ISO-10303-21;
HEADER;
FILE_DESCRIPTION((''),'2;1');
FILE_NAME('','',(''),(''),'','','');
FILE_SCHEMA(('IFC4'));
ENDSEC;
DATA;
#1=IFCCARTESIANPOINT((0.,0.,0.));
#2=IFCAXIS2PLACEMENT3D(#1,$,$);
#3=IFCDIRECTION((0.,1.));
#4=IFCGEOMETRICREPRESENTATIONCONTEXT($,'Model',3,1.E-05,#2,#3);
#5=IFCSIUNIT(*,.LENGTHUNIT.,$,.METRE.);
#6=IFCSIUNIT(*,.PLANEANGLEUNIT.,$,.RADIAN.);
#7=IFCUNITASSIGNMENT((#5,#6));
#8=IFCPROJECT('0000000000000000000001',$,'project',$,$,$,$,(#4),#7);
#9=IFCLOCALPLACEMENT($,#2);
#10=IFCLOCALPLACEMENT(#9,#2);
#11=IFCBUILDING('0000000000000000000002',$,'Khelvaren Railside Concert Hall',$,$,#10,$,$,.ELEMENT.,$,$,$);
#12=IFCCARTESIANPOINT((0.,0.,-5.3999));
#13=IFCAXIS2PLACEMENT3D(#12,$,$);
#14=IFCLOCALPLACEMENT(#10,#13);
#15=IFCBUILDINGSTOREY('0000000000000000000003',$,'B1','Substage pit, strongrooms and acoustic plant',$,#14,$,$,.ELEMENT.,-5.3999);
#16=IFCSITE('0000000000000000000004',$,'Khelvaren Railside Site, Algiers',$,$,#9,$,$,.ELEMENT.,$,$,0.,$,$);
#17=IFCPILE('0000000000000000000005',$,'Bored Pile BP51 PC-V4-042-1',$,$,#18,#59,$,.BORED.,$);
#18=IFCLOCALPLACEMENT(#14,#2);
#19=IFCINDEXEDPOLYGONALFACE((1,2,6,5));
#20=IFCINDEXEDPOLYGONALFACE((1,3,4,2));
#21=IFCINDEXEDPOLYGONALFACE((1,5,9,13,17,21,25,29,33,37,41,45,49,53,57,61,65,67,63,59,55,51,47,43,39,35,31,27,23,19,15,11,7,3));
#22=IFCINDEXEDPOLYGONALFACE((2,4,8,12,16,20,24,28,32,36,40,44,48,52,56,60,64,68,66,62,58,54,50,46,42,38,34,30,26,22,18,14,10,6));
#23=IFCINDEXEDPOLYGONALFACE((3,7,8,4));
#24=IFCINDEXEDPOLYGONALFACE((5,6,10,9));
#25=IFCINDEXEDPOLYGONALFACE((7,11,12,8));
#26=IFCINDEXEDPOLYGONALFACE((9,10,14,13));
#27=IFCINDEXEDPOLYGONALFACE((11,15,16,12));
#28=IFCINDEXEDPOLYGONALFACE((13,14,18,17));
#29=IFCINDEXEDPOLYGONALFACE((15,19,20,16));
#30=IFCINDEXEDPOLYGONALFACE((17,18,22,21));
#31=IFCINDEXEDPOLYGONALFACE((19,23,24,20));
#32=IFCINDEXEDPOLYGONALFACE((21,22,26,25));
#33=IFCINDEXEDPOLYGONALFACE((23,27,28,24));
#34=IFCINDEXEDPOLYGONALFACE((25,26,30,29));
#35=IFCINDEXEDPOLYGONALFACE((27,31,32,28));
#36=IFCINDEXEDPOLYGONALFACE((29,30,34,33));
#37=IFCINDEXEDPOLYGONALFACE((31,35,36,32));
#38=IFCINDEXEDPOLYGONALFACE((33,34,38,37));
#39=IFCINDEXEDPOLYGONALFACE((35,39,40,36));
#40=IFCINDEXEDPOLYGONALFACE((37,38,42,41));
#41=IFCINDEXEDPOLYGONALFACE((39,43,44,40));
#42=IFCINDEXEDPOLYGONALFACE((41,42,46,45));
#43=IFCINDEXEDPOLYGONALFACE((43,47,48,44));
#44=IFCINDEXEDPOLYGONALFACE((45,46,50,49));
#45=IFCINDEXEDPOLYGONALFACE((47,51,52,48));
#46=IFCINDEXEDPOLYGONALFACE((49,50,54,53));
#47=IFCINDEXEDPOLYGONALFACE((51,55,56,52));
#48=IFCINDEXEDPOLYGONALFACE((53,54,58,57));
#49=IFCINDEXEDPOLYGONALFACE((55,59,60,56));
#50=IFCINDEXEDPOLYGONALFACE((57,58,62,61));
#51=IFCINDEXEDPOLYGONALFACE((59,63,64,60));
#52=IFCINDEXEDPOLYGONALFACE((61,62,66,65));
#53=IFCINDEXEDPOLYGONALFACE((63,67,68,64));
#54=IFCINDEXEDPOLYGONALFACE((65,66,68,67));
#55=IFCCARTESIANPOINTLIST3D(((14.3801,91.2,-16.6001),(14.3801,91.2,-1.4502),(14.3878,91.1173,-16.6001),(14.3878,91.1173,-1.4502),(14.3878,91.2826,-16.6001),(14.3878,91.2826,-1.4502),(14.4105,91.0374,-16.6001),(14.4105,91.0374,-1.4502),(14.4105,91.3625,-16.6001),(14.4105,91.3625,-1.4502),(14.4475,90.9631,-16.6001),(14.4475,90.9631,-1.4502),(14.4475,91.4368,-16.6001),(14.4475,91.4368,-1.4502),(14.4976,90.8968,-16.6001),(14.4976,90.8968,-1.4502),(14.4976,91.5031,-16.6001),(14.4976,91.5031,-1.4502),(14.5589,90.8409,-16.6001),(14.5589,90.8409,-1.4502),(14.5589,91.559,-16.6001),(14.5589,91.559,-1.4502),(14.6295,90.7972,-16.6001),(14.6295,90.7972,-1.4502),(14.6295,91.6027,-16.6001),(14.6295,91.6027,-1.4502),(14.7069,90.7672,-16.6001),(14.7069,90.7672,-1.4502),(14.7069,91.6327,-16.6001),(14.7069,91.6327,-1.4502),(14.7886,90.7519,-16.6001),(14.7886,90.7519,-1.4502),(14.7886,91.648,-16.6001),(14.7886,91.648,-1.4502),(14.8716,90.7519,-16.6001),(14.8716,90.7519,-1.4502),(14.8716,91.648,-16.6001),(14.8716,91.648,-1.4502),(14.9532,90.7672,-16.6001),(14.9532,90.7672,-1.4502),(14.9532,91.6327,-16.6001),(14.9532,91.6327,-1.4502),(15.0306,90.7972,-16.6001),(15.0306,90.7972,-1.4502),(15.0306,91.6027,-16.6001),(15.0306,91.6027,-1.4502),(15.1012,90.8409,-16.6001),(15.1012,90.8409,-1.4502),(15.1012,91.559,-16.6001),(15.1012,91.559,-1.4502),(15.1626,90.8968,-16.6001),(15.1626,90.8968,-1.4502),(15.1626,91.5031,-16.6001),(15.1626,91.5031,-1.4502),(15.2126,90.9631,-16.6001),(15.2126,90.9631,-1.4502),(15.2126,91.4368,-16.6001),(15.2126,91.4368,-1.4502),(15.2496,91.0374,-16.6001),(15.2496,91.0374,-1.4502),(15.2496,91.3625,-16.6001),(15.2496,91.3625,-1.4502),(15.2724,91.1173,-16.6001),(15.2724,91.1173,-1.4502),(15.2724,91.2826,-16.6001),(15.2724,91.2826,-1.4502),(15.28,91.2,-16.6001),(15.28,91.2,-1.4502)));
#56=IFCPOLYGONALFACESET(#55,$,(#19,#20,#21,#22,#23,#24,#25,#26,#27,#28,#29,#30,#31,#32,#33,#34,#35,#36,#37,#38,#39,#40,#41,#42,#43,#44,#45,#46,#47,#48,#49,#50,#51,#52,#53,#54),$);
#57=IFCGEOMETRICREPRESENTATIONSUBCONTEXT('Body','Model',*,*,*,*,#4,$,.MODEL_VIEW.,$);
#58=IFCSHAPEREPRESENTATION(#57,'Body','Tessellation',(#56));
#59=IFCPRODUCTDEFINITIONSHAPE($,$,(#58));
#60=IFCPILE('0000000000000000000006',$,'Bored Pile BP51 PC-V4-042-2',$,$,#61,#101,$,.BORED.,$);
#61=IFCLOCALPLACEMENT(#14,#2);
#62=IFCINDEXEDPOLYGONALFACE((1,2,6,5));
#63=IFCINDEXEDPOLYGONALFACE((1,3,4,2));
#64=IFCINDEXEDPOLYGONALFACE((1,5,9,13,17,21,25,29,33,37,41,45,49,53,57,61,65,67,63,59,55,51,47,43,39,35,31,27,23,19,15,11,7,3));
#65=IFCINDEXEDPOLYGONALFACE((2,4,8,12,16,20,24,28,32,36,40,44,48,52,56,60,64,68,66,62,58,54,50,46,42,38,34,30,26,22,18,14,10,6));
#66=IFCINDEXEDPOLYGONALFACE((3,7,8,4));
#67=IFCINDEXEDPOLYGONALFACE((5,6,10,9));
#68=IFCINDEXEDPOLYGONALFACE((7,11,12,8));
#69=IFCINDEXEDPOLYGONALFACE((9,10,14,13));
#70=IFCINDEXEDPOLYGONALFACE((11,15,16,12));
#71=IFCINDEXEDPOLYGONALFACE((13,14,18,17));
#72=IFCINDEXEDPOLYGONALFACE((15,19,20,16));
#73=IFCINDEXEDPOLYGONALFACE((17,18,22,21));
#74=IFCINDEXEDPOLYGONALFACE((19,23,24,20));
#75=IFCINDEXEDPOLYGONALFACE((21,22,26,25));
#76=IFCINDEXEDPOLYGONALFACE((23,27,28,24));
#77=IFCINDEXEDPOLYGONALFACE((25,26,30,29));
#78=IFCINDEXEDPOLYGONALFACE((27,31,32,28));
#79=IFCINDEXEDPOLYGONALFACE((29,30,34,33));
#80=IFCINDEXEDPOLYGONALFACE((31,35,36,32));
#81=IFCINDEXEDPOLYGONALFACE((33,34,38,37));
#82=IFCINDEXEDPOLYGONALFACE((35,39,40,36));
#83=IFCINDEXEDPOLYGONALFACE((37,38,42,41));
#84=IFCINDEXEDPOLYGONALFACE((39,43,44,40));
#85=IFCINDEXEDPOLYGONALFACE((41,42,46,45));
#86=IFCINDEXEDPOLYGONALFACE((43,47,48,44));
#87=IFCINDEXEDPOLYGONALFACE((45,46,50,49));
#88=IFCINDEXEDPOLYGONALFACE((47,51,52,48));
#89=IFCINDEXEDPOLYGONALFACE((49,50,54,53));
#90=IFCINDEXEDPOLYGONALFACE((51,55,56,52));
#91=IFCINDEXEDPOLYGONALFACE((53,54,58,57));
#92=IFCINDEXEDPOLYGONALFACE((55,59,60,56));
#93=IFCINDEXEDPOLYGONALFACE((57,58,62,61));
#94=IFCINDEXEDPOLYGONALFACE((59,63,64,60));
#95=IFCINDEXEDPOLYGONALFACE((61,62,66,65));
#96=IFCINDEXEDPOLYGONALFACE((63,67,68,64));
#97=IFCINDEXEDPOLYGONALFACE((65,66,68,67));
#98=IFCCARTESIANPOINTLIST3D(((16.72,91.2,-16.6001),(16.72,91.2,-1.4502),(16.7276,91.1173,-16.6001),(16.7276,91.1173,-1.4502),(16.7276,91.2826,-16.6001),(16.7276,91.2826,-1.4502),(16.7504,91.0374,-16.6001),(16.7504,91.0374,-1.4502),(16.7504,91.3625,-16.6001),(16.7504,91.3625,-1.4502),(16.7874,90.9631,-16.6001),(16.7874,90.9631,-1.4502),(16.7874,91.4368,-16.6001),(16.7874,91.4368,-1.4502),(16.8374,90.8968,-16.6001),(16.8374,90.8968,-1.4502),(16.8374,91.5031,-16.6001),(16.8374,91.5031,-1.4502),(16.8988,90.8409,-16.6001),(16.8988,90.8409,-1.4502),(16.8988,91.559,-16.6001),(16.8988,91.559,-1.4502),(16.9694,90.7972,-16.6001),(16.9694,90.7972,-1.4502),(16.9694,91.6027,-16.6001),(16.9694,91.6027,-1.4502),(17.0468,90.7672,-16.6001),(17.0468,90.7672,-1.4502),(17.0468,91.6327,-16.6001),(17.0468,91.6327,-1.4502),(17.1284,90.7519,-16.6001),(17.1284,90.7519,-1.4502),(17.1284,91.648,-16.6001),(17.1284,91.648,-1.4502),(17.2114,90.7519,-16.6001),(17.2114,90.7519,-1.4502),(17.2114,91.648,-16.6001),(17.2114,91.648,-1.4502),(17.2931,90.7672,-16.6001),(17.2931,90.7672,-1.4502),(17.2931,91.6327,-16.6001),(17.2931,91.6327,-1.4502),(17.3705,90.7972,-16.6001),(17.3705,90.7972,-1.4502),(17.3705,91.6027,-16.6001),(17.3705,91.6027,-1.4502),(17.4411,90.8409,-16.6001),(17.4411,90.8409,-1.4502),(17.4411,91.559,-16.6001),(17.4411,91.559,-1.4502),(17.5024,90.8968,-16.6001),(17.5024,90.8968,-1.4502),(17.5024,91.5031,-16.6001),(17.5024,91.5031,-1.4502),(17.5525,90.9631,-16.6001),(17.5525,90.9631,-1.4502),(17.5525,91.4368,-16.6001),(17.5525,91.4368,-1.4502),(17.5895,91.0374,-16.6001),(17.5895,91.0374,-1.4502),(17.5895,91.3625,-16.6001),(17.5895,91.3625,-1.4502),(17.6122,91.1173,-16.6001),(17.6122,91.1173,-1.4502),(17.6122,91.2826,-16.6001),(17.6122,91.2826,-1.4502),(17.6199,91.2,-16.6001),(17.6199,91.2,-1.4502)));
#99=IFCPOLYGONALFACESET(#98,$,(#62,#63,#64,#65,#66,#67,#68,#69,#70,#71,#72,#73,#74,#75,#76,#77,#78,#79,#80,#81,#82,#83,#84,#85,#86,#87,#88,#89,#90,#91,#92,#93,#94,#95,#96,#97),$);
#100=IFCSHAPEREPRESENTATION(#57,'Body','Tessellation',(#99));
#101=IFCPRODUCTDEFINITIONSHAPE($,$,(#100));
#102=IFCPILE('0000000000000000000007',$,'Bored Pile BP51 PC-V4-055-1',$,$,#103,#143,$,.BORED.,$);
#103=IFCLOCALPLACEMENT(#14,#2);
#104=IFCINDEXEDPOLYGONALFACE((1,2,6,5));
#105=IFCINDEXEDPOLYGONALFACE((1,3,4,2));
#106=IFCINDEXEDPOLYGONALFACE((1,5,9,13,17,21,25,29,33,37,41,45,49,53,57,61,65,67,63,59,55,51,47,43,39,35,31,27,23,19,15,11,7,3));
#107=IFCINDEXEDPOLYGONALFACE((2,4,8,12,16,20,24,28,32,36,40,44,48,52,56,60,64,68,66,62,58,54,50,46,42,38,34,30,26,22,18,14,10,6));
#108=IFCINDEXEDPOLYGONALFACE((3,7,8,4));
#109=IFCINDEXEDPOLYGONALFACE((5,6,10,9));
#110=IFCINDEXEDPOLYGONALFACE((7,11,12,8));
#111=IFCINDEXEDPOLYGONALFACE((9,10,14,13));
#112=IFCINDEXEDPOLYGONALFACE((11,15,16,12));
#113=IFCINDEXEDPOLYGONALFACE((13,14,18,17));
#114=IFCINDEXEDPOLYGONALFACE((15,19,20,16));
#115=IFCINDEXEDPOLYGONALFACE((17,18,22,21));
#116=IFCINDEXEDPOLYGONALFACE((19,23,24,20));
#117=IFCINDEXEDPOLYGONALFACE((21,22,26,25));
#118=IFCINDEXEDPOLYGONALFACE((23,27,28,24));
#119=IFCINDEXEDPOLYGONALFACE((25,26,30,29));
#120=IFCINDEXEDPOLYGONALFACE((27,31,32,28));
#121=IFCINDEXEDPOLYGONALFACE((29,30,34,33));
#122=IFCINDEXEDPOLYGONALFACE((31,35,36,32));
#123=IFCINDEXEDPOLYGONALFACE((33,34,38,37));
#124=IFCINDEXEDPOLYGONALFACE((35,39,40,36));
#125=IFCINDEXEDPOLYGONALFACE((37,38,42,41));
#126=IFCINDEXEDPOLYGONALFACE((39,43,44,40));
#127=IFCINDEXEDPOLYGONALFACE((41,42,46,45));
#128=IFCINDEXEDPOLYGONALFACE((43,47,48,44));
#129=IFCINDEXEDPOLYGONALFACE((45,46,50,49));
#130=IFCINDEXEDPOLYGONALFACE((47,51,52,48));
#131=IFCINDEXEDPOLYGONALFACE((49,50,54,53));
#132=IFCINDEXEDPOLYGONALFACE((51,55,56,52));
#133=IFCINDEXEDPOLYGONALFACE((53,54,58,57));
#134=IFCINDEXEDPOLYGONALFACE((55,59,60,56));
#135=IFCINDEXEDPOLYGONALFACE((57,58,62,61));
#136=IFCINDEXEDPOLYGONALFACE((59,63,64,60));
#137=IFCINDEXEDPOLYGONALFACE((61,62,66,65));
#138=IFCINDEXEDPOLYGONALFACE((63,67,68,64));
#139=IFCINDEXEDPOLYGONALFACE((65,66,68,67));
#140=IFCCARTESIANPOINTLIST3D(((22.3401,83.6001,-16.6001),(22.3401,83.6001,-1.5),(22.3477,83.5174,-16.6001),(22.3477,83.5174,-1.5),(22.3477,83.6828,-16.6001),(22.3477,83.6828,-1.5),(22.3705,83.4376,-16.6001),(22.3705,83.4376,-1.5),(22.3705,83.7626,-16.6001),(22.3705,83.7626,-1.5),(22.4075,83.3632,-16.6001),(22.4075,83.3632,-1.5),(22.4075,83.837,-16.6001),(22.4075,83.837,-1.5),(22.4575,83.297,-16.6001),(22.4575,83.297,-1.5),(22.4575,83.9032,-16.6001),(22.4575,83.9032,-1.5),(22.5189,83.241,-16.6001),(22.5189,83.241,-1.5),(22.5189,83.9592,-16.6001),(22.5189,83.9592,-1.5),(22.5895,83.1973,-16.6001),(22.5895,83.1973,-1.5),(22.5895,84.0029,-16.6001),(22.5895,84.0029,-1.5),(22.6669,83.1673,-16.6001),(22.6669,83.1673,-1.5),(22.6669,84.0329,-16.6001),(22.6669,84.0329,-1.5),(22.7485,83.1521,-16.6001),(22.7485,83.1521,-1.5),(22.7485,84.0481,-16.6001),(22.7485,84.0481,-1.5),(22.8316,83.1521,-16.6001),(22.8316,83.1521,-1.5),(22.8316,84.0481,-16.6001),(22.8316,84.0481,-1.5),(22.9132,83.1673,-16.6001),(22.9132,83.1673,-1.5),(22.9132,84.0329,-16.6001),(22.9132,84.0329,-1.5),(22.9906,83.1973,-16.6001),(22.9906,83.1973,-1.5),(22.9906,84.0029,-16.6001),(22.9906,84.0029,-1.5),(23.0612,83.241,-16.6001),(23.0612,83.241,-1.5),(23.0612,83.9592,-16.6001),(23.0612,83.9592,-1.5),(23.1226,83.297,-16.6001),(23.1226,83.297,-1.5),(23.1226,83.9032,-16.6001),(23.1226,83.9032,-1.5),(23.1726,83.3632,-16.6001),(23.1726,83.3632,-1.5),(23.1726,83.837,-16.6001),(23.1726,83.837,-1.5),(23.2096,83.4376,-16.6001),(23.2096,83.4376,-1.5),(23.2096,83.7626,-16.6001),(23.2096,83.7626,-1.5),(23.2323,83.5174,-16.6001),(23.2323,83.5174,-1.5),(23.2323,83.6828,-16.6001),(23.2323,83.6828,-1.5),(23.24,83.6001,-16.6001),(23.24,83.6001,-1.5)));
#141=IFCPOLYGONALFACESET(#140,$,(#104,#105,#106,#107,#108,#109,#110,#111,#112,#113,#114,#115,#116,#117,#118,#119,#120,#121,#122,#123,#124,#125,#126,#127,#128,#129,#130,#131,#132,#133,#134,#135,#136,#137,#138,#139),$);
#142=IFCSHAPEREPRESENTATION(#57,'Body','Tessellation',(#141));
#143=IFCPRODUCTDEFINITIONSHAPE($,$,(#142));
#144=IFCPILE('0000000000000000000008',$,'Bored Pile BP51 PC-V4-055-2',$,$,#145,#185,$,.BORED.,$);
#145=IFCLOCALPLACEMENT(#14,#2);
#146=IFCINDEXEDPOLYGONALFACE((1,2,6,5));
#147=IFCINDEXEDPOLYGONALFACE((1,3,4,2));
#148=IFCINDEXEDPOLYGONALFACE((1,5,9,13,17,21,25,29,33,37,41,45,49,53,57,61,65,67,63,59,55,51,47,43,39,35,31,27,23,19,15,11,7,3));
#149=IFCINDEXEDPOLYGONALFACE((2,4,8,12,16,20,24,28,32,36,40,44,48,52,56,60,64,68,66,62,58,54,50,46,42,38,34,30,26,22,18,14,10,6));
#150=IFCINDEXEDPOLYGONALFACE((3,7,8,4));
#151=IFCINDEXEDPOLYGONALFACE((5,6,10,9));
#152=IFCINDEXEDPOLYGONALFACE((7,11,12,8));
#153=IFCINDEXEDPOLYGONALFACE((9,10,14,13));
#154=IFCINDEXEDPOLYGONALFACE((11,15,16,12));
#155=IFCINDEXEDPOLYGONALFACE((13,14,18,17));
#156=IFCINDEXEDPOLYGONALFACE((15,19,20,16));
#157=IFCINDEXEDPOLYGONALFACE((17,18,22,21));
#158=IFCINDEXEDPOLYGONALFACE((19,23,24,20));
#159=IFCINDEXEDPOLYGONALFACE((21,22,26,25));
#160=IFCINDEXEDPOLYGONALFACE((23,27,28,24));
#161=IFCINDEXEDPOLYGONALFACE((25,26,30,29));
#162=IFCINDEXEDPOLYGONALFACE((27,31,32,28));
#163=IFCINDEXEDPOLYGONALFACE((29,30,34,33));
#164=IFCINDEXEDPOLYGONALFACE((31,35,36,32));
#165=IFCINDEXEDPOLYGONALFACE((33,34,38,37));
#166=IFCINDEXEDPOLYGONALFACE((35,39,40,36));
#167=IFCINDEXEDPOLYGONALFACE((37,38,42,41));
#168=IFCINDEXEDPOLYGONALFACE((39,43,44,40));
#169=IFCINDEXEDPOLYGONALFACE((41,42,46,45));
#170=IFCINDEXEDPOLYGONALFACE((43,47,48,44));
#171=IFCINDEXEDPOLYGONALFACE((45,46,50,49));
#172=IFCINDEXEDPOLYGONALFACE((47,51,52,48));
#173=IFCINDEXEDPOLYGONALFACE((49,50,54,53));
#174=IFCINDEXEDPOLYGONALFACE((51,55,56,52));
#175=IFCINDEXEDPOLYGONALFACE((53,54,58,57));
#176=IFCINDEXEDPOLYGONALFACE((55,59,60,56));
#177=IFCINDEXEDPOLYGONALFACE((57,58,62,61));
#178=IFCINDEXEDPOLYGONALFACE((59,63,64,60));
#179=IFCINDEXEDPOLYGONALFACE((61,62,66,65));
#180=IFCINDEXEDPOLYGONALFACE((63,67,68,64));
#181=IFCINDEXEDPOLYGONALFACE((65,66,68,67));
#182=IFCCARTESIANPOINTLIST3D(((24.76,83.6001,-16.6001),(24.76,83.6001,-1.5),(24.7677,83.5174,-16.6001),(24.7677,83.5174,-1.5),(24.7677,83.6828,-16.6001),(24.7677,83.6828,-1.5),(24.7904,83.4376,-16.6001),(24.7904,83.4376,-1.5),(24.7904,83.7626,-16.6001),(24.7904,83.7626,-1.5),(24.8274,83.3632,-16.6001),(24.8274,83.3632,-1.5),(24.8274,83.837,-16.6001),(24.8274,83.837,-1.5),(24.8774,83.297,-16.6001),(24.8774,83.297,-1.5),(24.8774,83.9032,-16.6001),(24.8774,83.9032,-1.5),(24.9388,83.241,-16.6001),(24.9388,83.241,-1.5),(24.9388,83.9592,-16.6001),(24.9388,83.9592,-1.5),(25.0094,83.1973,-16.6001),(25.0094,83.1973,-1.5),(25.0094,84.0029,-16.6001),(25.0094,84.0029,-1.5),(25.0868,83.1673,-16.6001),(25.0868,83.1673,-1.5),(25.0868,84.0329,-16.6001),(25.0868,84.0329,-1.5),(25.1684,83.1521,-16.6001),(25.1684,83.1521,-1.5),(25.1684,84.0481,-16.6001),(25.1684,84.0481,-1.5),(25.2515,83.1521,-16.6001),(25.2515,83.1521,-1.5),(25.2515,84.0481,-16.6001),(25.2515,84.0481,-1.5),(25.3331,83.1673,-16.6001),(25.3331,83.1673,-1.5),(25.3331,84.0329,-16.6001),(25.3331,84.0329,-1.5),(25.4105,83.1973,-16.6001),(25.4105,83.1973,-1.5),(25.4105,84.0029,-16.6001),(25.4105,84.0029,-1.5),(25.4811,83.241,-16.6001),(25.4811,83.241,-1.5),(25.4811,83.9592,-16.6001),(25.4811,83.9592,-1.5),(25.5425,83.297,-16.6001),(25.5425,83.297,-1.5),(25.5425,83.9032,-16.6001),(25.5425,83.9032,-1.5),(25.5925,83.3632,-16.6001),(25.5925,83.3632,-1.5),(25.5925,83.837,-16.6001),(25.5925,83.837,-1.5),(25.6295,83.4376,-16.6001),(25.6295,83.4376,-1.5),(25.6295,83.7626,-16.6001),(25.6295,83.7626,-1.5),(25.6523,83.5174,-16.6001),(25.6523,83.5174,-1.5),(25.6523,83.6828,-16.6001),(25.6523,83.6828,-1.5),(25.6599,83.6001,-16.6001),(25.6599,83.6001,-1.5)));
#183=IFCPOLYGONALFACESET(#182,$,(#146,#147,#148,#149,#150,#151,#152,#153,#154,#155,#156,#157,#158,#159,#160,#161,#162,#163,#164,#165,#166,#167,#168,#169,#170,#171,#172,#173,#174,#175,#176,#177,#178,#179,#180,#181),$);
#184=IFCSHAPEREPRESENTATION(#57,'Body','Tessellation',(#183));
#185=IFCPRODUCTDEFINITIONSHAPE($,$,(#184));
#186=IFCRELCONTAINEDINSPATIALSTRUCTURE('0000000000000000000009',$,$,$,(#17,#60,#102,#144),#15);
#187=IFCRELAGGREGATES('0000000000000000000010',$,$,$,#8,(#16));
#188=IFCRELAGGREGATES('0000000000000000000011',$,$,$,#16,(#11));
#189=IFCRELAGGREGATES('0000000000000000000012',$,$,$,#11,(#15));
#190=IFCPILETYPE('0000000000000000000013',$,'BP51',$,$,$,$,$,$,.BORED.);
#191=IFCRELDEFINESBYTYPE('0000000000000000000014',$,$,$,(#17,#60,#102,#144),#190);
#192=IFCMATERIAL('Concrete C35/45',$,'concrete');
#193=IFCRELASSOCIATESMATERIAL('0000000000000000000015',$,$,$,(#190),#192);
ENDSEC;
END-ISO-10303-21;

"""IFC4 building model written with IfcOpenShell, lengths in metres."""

from ifc_helpers import new_model, si_unit, direction, frame, origin, origin_2d, place, context, subcontext, project, spatial, circle, extrude, material, material_profile, profile_set, type_object, element, save


model = new_model("IFC4")

# Units and contexts
model_context = context("Model", 3, precision=1e-05, world=origin(), true_north=direction((0.0, 1.0)))
body_context = subcontext(model_context, "Body", "Model", "MODEL_VIEW")
ifc_project = project(units=[si_unit("LENGTHUNIT", "METRE"), si_unit("PLANEANGLEUNIT", "RADIAN")], contexts=[model_context])

# Site, building, storey
site_placement = place(None, origin())
site = spatial("IfcSite", under=ifc_project, at=site_placement, Name="Khelvaren Railside Site, Algiers", CompositionType="ELEMENT", RefElevation=0.0)
building_placement = place(site_placement, origin())
building = spatial("IfcBuilding", under=site, at=building_placement, Name="Khelvaren Railside Concert Hall", CompositionType="ELEMENT")
storey_placement = place(building_placement, frame((0.0, 0.0, -5.3999)))
storey = spatial("IfcBuildingStorey", under=building, at=storey_placement, Name="B1", Description="Substage pit, strongrooms and acoustic plant", CompositionType="ELEMENT", Elevation=-5.3999)

# Piles
ifc_material_1 = material(Name="Concrete C35/45", Category="concrete")
ifc_material_profile_1 = material_profile(ifc_material_1, circle(Radius=0.45, at=origin_2d()), Name="BP D900")
ifc_profile_set_1 = profile_set([ifc_material_profile_1], Name="Concrete C35/45")
pile_type_1 = type_object("IfcPileType", Name="BP51", PredefinedType="BORED", material=ifc_profile_set_1)
for number, where, z_axis, x_axis, name in (
    (1, (14.8301, 91.2, -1.4502), (0.0, 0.0, -1.0), (1.0, 0.0, 0.0), "Bored Pile BP51 PC-V4-042-1"),
    (2, (17.1699, 91.2, -1.4502), (0.0, 0.0, -1.0), (1.0, 0.0, 0.0), "Bored Pile BP51 PC-V4-042-2"),
):
    element("IfcPile", number, at=place(storey_placement, frame(where, z_axis=z_axis, x_axis=x_axis)), inside=storey, type_object=pile_type_1, Name=name, PredefinedType="BORED", context=body_context, shape_type="SweptSolid", body=[
        extrude(circle(Radius=0.45, at=origin_2d()), origin(), (0.0, 0.0, 1.0), 15.1499),
    ])
for number, where, z_axis, x_axis, name in (
    (3, (22.79, 83.6001, -1.5), (0.0, 0.0, -1.0), (1.0, 0.0, 0.0), "Bored Pile BP51 PC-V4-055-1"),
    (4, (25.21, 83.6001, -1.5), (0.0, 0.0, -1.0), (1.0, 0.0, 0.0), "Bored Pile BP51 PC-V4-055-2"),
):
    element("IfcPile", number, at=place(storey_placement, frame(where, z_axis=z_axis, x_axis=x_axis)), inside=storey, type_object=pile_type_1, Name=name, PredefinedType="BORED", context=body_context, shape_type="SweptSolid", body=[
        extrude(circle(Radius=0.45, at=origin_2d()), origin(), (0.0, 0.0, 1.0), 15.1001),
    ])

save(model, "model.ifc")
